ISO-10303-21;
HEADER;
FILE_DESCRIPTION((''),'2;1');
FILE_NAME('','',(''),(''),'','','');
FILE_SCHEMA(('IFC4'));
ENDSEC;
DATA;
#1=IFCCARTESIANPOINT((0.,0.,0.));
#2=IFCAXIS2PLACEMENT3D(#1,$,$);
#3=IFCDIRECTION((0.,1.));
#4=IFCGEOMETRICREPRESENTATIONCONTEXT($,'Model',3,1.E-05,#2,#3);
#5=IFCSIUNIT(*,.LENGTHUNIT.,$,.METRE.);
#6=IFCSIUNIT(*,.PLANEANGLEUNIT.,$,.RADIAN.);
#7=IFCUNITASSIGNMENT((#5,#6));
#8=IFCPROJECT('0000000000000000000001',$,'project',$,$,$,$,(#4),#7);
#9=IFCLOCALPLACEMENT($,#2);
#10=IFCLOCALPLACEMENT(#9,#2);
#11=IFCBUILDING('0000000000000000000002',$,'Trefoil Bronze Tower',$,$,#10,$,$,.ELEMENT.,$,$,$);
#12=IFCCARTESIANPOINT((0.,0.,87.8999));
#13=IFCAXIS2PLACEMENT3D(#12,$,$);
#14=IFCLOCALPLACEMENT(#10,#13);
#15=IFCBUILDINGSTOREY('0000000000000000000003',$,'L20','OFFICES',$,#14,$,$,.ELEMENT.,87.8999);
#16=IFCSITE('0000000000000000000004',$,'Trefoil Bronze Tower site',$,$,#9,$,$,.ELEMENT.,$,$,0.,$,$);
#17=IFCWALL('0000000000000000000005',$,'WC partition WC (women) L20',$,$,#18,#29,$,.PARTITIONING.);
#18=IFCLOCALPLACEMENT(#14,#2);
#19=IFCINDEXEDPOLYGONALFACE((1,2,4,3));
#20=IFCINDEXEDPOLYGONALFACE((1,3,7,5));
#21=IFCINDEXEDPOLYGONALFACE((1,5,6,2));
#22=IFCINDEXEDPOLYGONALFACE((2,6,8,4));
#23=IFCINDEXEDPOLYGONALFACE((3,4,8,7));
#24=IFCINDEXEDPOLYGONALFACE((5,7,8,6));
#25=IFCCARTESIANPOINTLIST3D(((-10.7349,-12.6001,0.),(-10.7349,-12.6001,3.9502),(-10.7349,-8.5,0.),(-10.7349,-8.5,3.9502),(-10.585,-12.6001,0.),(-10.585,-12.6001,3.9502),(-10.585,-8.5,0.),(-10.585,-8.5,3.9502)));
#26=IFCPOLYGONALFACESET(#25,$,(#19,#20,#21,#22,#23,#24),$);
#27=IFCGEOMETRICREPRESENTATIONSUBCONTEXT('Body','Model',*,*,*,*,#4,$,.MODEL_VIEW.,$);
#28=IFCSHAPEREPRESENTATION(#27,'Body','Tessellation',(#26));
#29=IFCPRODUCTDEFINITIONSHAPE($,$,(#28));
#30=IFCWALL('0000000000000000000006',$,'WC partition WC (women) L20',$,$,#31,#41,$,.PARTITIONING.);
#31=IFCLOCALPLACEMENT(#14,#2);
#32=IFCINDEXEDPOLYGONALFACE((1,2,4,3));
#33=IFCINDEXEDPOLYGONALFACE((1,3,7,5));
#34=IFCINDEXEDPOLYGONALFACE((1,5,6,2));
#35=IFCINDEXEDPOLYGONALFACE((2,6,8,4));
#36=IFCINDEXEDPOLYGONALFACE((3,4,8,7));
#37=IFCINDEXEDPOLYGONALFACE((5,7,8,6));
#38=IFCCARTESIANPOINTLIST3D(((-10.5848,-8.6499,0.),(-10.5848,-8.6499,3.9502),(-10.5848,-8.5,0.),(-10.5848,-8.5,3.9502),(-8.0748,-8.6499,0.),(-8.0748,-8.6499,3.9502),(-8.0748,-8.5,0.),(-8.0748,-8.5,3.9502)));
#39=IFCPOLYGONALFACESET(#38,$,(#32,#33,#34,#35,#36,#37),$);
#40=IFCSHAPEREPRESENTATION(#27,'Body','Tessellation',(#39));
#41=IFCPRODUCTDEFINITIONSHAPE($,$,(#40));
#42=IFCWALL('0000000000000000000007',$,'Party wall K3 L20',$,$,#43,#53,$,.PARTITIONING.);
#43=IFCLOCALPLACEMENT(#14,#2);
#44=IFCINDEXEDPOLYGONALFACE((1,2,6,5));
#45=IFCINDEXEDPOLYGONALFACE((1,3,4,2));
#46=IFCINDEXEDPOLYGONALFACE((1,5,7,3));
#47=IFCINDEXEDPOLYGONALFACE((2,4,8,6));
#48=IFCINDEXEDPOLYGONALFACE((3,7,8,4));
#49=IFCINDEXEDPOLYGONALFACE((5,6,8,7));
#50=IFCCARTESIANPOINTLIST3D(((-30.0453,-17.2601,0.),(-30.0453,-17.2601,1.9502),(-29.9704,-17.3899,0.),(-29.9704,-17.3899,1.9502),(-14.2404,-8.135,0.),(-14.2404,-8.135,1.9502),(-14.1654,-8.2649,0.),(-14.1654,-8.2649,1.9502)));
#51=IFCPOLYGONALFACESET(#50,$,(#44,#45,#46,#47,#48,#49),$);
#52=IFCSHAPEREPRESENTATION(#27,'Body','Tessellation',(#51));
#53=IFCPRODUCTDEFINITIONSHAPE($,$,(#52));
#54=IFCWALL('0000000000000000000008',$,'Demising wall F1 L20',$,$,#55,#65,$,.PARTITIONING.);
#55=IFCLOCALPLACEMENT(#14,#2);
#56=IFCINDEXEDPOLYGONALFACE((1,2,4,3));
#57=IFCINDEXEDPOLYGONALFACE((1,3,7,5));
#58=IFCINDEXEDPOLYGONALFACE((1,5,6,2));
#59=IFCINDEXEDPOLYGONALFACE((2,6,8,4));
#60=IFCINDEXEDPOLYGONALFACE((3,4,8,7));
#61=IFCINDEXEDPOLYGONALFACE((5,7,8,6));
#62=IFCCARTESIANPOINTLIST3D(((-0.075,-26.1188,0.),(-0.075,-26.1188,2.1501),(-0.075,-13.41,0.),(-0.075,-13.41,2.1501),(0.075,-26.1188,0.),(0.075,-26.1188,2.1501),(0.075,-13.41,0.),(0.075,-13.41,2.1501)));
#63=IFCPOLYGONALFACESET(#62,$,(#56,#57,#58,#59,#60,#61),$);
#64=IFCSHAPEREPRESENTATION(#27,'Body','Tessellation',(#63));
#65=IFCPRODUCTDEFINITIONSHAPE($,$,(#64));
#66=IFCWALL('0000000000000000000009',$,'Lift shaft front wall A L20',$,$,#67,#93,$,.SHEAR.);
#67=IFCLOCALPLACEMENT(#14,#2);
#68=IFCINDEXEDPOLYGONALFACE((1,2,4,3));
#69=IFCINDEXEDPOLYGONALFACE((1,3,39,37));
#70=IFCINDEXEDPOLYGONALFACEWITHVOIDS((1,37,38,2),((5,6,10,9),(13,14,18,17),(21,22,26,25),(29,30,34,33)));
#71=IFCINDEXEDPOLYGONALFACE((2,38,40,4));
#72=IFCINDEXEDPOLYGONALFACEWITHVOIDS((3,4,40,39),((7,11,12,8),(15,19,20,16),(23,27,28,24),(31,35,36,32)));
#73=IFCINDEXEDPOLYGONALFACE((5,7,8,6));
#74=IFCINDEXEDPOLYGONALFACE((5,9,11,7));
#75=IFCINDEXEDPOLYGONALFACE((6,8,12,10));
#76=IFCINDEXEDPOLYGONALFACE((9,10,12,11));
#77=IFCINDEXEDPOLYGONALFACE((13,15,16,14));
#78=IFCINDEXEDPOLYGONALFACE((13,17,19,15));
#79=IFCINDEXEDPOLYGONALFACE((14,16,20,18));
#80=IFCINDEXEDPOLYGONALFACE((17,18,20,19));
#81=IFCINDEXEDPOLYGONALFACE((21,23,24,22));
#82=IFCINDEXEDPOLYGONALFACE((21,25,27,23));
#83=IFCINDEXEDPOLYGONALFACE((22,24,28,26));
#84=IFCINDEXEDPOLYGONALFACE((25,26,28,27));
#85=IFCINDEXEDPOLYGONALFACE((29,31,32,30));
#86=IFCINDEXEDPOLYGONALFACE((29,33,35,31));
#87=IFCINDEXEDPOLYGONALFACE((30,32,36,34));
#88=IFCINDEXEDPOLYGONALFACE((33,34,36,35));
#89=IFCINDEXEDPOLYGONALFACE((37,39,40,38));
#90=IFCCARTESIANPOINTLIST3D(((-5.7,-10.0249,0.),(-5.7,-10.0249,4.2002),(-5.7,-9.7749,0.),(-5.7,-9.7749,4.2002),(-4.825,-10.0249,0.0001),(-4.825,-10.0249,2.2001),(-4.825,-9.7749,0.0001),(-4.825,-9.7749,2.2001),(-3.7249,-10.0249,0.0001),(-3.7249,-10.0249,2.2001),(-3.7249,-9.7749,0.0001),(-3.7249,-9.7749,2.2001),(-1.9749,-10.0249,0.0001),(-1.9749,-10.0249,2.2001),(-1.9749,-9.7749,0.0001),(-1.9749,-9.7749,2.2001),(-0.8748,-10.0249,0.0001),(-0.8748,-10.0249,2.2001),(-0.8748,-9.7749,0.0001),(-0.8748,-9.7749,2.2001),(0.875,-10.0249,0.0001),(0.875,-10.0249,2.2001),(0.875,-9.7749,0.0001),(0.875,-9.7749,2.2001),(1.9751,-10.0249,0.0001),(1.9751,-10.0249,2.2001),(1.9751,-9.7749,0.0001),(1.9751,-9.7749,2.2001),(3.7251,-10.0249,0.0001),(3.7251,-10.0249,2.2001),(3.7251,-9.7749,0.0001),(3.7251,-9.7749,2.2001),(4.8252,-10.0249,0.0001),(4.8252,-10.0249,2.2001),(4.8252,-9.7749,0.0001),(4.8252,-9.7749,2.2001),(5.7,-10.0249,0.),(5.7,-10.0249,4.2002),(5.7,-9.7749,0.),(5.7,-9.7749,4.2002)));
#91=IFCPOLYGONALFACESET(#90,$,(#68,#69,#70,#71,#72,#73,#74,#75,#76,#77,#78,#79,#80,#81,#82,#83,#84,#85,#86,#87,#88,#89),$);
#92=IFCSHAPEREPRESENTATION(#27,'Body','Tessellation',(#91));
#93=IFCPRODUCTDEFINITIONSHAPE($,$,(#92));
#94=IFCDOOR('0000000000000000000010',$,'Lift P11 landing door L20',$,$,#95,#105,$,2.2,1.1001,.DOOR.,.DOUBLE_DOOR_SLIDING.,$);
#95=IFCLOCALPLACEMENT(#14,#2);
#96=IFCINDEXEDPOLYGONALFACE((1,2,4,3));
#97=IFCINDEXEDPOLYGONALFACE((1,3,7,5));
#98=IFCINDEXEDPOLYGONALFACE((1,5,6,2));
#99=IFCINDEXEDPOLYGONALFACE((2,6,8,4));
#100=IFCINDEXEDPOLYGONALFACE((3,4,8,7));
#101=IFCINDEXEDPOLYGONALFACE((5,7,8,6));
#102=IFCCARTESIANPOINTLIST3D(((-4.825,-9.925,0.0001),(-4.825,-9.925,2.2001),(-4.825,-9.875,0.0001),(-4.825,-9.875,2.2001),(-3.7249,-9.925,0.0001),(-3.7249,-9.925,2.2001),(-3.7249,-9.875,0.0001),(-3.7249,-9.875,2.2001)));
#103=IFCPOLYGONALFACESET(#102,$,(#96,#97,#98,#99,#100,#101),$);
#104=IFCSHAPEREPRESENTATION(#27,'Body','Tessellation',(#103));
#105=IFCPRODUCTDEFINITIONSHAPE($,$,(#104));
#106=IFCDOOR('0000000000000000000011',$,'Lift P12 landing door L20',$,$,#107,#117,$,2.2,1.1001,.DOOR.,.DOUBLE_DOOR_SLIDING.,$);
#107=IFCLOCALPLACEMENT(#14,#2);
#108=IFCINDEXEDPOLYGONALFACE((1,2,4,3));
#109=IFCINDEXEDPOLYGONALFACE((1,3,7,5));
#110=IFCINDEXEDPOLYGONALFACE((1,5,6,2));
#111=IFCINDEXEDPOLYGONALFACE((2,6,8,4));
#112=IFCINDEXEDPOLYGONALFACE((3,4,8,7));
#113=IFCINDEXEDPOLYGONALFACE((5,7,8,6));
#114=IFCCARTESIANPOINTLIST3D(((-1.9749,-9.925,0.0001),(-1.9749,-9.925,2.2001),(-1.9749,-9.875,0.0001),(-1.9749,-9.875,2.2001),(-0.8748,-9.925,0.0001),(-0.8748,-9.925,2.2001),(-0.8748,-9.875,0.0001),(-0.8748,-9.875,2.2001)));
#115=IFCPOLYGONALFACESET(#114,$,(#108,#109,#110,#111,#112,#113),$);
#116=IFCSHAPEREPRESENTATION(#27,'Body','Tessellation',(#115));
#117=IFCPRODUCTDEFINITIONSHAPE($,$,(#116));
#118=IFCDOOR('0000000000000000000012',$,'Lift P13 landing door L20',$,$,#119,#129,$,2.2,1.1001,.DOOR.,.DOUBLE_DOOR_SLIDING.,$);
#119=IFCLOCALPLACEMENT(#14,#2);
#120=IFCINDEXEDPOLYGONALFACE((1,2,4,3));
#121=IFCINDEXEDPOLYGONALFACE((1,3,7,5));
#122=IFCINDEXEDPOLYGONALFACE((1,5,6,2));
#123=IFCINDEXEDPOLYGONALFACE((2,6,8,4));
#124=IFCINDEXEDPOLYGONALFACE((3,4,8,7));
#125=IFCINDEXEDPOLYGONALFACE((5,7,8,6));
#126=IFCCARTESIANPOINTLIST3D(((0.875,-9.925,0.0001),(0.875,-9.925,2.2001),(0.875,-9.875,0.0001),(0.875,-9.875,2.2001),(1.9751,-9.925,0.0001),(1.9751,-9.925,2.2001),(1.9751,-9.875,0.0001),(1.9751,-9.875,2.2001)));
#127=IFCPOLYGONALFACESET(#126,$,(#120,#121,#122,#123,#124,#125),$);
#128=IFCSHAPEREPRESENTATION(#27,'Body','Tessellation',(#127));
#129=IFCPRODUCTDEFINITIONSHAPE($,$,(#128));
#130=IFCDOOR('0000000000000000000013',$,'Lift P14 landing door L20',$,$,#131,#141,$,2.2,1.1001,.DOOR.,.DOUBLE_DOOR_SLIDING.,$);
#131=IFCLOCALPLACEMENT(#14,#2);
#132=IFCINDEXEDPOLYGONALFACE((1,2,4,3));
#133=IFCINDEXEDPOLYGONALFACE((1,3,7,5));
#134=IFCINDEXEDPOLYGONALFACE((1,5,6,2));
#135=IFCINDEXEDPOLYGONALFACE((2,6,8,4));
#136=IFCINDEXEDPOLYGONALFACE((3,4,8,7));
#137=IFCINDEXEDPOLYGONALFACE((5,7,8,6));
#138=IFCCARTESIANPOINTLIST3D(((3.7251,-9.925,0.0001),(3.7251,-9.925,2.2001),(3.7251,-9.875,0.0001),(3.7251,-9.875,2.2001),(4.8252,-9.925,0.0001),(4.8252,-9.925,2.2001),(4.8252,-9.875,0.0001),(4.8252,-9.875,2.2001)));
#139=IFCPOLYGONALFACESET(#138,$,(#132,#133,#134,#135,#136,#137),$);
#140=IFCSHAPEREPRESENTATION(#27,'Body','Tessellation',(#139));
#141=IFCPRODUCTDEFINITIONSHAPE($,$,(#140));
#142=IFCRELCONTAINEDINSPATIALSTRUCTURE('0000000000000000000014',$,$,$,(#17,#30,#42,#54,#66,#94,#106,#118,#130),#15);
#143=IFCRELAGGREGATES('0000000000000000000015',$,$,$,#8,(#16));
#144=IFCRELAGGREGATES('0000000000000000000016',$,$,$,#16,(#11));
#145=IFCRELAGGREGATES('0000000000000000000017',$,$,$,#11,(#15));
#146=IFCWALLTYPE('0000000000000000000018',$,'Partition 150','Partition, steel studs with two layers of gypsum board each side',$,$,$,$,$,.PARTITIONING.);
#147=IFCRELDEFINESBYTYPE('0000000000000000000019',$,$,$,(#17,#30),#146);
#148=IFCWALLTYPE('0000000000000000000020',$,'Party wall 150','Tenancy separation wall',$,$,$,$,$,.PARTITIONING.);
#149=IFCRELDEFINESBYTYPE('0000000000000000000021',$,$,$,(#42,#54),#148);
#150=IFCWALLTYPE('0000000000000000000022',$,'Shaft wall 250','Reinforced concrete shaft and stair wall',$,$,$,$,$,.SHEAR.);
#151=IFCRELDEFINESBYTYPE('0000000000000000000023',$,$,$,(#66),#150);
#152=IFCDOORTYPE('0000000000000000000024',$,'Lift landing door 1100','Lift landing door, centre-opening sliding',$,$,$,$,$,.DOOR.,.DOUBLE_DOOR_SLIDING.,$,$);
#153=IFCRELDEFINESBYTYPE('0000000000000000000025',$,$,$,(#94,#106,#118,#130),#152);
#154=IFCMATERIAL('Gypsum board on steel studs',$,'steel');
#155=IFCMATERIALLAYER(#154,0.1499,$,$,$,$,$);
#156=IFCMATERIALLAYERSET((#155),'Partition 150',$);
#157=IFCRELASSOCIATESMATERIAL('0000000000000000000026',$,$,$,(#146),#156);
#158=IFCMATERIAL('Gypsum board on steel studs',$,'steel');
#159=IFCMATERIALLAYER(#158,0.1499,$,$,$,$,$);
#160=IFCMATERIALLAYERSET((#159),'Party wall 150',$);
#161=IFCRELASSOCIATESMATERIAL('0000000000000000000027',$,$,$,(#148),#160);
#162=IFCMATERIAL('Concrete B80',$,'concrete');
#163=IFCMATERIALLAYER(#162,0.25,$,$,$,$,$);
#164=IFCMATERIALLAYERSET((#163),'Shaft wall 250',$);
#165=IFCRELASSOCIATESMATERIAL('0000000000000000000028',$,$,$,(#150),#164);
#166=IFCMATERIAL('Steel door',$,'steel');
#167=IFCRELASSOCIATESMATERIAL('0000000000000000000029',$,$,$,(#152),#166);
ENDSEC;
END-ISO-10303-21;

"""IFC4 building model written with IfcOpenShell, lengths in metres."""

from ifc_helpers import new_model, si_unit, direction, frame, frame_2d, origin, place, context, subcontext, project, spatial, rectangle, extrude, material, layer, layer_set, type_object, element, fill, save


model = new_model("IFC4")

# Units and contexts
model_context = context("Model", 3, precision=1e-05, world=origin(), true_north=direction((0.0, 1.0)))
body_context = subcontext(model_context, "Body", "Model", "MODEL_VIEW")
ifc_project = project(units=[si_unit("LENGTHUNIT", "METRE"), si_unit("PLANEANGLEUNIT", "RADIAN")], contexts=[model_context])

# Site, building, storey
site_placement = place(None, origin())
site = spatial("IfcSite", under=ifc_project, at=site_placement, Name="Trefoil Bronze Tower site", CompositionType="ELEMENT", RefElevation=0.0)
building_placement = place(site_placement, origin())
building = spatial("IfcBuilding", under=site, at=building_placement, Name="Trefoil Bronze Tower", CompositionType="ELEMENT")
storey_placement = place(building_placement, frame((0.0, 0.0, 87.8999)))
storey = spatial("IfcBuildingStorey", under=building, at=storey_placement, Name="L20", Description="OFFICES", CompositionType="ELEMENT", Elevation=87.8999)

# Walls
ifc_material_1 = material(Name="Gypsum board on steel studs", Category="steel")
ifc_layer_1 = layer(ifc_material_1, 0.1499)
ifc_layer_set_1 = layer_set([ifc_layer_1], Name="Partition 150")
wall_type_1 = type_object("IfcWallType", Name="Partition 150", Description="Partition, steel studs with two layers of gypsum board each side", PredefinedType="PARTITIONING", material=ifc_layer_set_1)
wall_1_placement = place(storey_placement, frame((-10.6599, -8.5, 0.0), z_axis=(0.0, 0.0, 1.0), x_axis=(0.0, -1.0, 0.0)))
element("IfcWall", 1, at=wall_1_placement, inside=storey, type_object=wall_type_1, Name="WC partition WC (women) L20", PredefinedType="PARTITIONING", context=body_context, shape_type="SweptSolid", body=[
    extrude(rectangle(XDim=4.1001, YDim=0.1499, at=frame_2d((2.05, 0.0))), origin(), (0.0, 0.0, 1.0), 3.9502),
])
wall_2_placement = place(storey_placement, frame((-8.075, -8.575, 0.0), z_axis=(0.0, 0.0, 1.0), x_axis=(-1.0, 0.0, 0.0)))
element("IfcWall", 2, at=wall_2_placement, inside=storey, type_object=wall_type_1, Name="WC partition WC (women) L20", PredefinedType="PARTITIONING", context=body_context, shape_type="SweptSolid", body=[
    extrude(rectangle(XDim=2.51, YDim=0.1499, at=frame_2d((1.2549, 0.0))), origin(), (0.0, 0.0, 1.0), 3.9502),
])
ifc_material_2 = material(Name="Gypsum board on steel studs", Category="steel")
ifc_layer_2 = layer(ifc_material_2, 0.1499)
ifc_layer_set_2 = layer_set([ifc_layer_2], Name="Party wall 150")
wall_type_2 = type_object("IfcWallType", Name="Party wall 150", Description="Tenancy separation wall", PredefinedType="PARTITIONING", material=ifc_layer_set_2)
wall_3_placement = place(storey_placement, frame((-14.2029, -8.2, 0.0), z_axis=(0.0, 0.0, 1.0), x_axis=(-0.866025, -0.500001, 0.0)))
element("IfcWall", 3, at=wall_3_placement, inside=storey, type_object=wall_type_2, Name="Party wall K3 L20", PredefinedType="PARTITIONING", context=body_context, shape_type="SweptSolid", body=[
    extrude(rectangle(XDim=18.25, YDim=0.1499, at=frame_2d((9.125, 0.0))), origin(), (0.0, 0.0, 1.0), 1.9502),
])
wall_4_placement = place(storey_placement, frame((0.0, -13.4099, 0.0), z_axis=(0.0, 0.0, 1.0), x_axis=(0.0, -1.0, 0.0)))
element("IfcWall", 4, at=wall_4_placement, inside=storey, type_object=wall_type_2, Name="Demising wall F1 L20", PredefinedType="PARTITIONING", context=body_context, shape_type="SweptSolid", body=[
    extrude(rectangle(XDim=12.7087, YDim=0.1499, at=frame_2d((6.3545, 0.0))), origin(), (0.0, 0.0, 1.0), 2.1501),
])

# Wall, openings, doors
ifc_material_3 = material(Name="Concrete B80", Category="concrete")
ifc_layer_3 = layer(ifc_material_3, 0.25)
ifc_layer_set_3 = layer_set([ifc_layer_3], Name="Shaft wall 250")
wall_type_3 = type_object("IfcWallType", Name="Shaft wall 250", Description="Reinforced concrete shaft and stair wall", PredefinedType="SHEAR", material=ifc_layer_set_3)
wall_5_placement = place(storey_placement, frame((-5.7, -9.8999, 0.0), z_axis=(0.0, 0.0, 1.0), x_axis=(1.0, 0.0, 0.0)))
wall_5 = element("IfcWall", 5, at=wall_5_placement, inside=storey, type_object=wall_type_3, Name="Lift shaft front wall A L20", PredefinedType="SHEAR", context=body_context, shape_type="SweptSolid", body=[
    extrude(rectangle(XDim=11.3999, YDim=0.25, at=frame_2d((5.7, 0.0))), origin(), (0.0, 0.0, 1.0), 4.2002),
])
opening_1_placement = place(wall_5_placement, frame((0.875, 0.0, 0.0)))
opening_1 = element("IfcOpeningElement", 6, at=opening_1_placement, cuts=wall_5, PredefinedType="OPENING", context=body_context, shape_type="SweptSolid", body=[
    extrude(rectangle(XDim=1.1001, YDim=2.2, at=frame_2d((0.55, 1.1001))), frame((0.0, 0.135, 0.0), z_axis=(0.0, -1.0, 0.0), x_axis=(1.0, 0.0, 0.0)), (0.0, 0.0, 1.0), 0.27),
])
opening_2_placement = place(wall_5_placement, frame((3.7251, 0.0, 0.0)))
opening_2 = element("IfcOpeningElement", 7, at=opening_2_placement, cuts=wall_5, PredefinedType="OPENING", context=body_context, shape_type="SweptSolid", body=[
    extrude(rectangle(XDim=1.1001, YDim=2.2, at=frame_2d((0.55, 1.1001))), frame((0.0, 0.135, 0.0), z_axis=(0.0, -1.0, 0.0), x_axis=(1.0, 0.0, 0.0)), (0.0, 0.0, 1.0), 0.27),
])
opening_3_placement = place(wall_5_placement, frame((6.575, 0.0, 0.0)))
opening_3 = element("IfcOpeningElement", 8, at=opening_3_placement, cuts=wall_5, PredefinedType="OPENING", context=body_context, shape_type="SweptSolid", body=[
    extrude(rectangle(XDim=1.1001, YDim=2.2, at=frame_2d((0.55, 1.1001))), frame((0.0, 0.135, 0.0), z_axis=(0.0, -1.0, 0.0), x_axis=(1.0, 0.0, 0.0)), (0.0, 0.0, 1.0), 0.27),
])
opening_4_placement = place(wall_5_placement, frame((9.425, 0.0, 0.0)))
opening_4 = element("IfcOpeningElement", 9, at=opening_4_placement, cuts=wall_5, PredefinedType="OPENING", context=body_context, shape_type="SweptSolid", body=[
    extrude(rectangle(XDim=1.1001, YDim=2.2, at=frame_2d((0.55, 1.1001))), frame((0.0, 0.135, 0.0), z_axis=(0.0, -1.0, 0.0), x_axis=(1.0, 0.0, 0.0)), (0.0, 0.0, 1.0), 0.27),
])
ifc_material_4 = material(Name="Steel door", Category="steel")
door_type_1 = type_object("IfcDoorType", Name="Lift landing door 1100", Description="Lift landing door, centre-opening sliding", OperationType="DOUBLE_DOOR_SLIDING", PredefinedType="DOOR", material=ifc_material_4)
door_1_placement = place(opening_1_placement, origin())
door_1 = element("IfcDoor", 10, at=door_1_placement, inside=storey, type_object=door_type_1, Name="Lift P11 landing door L20", OperationType="DOUBLE_DOOR_SLIDING", OverallHeight=2.2, OverallWidth=1.1001, PredefinedType="DOOR", context=body_context, shape_type="SweptSolid", body=[
    extrude(rectangle(XDim=1.1001, YDim=2.2, at=frame_2d((0.55, 1.1001))), frame((0.0, 0.0249, 0.0), z_axis=(0.0, -1.0, 0.0), x_axis=(1.0, 0.0, 0.0)), (0.0, 0.0, 1.0), 0.05),
])
fill(opening_1, door_1)
door_2_placement = place(opening_2_placement, origin())
door_2 = element("IfcDoor", 11, at=door_2_placement, inside=storey, type_object=door_type_1, Name="Lift P12 landing door L20", OperationType="DOUBLE_DOOR_SLIDING", OverallHeight=2.2, OverallWidth=1.1001, PredefinedType="DOOR", context=body_context, shape_type="SweptSolid", body=[
    extrude(rectangle(XDim=1.1001, YDim=2.2, at=frame_2d((0.55, 1.1001))), frame((0.0, 0.0249, 0.0), z_axis=(0.0, -1.0, 0.0), x_axis=(1.0, 0.0, 0.0)), (0.0, 0.0, 1.0), 0.05),
])
fill(opening_2, door_2)
door_3_placement = place(opening_3_placement, origin())
door_3 = element("IfcDoor", 12, at=door_3_placement, inside=storey, type_object=door_type_1, Name="Lift P13 landing door L20", OperationType="DOUBLE_DOOR_SLIDING", OverallHeight=2.2, OverallWidth=1.1001, PredefinedType="DOOR", context=body_context, shape_type="SweptSolid", body=[
    extrude(rectangle(XDim=1.1001, YDim=2.2, at=frame_2d((0.55, 1.1001))), frame((0.0, 0.0249, 0.0), z_axis=(0.0, -1.0, 0.0), x_axis=(1.0, 0.0, 0.0)), (0.0, 0.0, 1.0), 0.05),
])
fill(opening_3, door_3)
door_4_placement = place(opening_4_placement, origin())
door_4 = element("IfcDoor", 13, at=door_4_placement, inside=storey, type_object=door_type_1, Name="Lift P14 landing door L20", OperationType="DOUBLE_DOOR_SLIDING", OverallHeight=2.2, OverallWidth=1.1001, PredefinedType="DOOR", context=body_context, shape_type="SweptSolid", body=[
    extrude(rectangle(XDim=1.1001, YDim=2.2, at=frame_2d((0.55, 1.1001))), frame((0.0, 0.0249, 0.0), z_axis=(0.0, -1.0, 0.0), x_axis=(1.0, 0.0, 0.0)), (0.0, 0.0, 1.0), 0.05),
])
fill(opening_4, door_4)

save(model, "model.ifc")
